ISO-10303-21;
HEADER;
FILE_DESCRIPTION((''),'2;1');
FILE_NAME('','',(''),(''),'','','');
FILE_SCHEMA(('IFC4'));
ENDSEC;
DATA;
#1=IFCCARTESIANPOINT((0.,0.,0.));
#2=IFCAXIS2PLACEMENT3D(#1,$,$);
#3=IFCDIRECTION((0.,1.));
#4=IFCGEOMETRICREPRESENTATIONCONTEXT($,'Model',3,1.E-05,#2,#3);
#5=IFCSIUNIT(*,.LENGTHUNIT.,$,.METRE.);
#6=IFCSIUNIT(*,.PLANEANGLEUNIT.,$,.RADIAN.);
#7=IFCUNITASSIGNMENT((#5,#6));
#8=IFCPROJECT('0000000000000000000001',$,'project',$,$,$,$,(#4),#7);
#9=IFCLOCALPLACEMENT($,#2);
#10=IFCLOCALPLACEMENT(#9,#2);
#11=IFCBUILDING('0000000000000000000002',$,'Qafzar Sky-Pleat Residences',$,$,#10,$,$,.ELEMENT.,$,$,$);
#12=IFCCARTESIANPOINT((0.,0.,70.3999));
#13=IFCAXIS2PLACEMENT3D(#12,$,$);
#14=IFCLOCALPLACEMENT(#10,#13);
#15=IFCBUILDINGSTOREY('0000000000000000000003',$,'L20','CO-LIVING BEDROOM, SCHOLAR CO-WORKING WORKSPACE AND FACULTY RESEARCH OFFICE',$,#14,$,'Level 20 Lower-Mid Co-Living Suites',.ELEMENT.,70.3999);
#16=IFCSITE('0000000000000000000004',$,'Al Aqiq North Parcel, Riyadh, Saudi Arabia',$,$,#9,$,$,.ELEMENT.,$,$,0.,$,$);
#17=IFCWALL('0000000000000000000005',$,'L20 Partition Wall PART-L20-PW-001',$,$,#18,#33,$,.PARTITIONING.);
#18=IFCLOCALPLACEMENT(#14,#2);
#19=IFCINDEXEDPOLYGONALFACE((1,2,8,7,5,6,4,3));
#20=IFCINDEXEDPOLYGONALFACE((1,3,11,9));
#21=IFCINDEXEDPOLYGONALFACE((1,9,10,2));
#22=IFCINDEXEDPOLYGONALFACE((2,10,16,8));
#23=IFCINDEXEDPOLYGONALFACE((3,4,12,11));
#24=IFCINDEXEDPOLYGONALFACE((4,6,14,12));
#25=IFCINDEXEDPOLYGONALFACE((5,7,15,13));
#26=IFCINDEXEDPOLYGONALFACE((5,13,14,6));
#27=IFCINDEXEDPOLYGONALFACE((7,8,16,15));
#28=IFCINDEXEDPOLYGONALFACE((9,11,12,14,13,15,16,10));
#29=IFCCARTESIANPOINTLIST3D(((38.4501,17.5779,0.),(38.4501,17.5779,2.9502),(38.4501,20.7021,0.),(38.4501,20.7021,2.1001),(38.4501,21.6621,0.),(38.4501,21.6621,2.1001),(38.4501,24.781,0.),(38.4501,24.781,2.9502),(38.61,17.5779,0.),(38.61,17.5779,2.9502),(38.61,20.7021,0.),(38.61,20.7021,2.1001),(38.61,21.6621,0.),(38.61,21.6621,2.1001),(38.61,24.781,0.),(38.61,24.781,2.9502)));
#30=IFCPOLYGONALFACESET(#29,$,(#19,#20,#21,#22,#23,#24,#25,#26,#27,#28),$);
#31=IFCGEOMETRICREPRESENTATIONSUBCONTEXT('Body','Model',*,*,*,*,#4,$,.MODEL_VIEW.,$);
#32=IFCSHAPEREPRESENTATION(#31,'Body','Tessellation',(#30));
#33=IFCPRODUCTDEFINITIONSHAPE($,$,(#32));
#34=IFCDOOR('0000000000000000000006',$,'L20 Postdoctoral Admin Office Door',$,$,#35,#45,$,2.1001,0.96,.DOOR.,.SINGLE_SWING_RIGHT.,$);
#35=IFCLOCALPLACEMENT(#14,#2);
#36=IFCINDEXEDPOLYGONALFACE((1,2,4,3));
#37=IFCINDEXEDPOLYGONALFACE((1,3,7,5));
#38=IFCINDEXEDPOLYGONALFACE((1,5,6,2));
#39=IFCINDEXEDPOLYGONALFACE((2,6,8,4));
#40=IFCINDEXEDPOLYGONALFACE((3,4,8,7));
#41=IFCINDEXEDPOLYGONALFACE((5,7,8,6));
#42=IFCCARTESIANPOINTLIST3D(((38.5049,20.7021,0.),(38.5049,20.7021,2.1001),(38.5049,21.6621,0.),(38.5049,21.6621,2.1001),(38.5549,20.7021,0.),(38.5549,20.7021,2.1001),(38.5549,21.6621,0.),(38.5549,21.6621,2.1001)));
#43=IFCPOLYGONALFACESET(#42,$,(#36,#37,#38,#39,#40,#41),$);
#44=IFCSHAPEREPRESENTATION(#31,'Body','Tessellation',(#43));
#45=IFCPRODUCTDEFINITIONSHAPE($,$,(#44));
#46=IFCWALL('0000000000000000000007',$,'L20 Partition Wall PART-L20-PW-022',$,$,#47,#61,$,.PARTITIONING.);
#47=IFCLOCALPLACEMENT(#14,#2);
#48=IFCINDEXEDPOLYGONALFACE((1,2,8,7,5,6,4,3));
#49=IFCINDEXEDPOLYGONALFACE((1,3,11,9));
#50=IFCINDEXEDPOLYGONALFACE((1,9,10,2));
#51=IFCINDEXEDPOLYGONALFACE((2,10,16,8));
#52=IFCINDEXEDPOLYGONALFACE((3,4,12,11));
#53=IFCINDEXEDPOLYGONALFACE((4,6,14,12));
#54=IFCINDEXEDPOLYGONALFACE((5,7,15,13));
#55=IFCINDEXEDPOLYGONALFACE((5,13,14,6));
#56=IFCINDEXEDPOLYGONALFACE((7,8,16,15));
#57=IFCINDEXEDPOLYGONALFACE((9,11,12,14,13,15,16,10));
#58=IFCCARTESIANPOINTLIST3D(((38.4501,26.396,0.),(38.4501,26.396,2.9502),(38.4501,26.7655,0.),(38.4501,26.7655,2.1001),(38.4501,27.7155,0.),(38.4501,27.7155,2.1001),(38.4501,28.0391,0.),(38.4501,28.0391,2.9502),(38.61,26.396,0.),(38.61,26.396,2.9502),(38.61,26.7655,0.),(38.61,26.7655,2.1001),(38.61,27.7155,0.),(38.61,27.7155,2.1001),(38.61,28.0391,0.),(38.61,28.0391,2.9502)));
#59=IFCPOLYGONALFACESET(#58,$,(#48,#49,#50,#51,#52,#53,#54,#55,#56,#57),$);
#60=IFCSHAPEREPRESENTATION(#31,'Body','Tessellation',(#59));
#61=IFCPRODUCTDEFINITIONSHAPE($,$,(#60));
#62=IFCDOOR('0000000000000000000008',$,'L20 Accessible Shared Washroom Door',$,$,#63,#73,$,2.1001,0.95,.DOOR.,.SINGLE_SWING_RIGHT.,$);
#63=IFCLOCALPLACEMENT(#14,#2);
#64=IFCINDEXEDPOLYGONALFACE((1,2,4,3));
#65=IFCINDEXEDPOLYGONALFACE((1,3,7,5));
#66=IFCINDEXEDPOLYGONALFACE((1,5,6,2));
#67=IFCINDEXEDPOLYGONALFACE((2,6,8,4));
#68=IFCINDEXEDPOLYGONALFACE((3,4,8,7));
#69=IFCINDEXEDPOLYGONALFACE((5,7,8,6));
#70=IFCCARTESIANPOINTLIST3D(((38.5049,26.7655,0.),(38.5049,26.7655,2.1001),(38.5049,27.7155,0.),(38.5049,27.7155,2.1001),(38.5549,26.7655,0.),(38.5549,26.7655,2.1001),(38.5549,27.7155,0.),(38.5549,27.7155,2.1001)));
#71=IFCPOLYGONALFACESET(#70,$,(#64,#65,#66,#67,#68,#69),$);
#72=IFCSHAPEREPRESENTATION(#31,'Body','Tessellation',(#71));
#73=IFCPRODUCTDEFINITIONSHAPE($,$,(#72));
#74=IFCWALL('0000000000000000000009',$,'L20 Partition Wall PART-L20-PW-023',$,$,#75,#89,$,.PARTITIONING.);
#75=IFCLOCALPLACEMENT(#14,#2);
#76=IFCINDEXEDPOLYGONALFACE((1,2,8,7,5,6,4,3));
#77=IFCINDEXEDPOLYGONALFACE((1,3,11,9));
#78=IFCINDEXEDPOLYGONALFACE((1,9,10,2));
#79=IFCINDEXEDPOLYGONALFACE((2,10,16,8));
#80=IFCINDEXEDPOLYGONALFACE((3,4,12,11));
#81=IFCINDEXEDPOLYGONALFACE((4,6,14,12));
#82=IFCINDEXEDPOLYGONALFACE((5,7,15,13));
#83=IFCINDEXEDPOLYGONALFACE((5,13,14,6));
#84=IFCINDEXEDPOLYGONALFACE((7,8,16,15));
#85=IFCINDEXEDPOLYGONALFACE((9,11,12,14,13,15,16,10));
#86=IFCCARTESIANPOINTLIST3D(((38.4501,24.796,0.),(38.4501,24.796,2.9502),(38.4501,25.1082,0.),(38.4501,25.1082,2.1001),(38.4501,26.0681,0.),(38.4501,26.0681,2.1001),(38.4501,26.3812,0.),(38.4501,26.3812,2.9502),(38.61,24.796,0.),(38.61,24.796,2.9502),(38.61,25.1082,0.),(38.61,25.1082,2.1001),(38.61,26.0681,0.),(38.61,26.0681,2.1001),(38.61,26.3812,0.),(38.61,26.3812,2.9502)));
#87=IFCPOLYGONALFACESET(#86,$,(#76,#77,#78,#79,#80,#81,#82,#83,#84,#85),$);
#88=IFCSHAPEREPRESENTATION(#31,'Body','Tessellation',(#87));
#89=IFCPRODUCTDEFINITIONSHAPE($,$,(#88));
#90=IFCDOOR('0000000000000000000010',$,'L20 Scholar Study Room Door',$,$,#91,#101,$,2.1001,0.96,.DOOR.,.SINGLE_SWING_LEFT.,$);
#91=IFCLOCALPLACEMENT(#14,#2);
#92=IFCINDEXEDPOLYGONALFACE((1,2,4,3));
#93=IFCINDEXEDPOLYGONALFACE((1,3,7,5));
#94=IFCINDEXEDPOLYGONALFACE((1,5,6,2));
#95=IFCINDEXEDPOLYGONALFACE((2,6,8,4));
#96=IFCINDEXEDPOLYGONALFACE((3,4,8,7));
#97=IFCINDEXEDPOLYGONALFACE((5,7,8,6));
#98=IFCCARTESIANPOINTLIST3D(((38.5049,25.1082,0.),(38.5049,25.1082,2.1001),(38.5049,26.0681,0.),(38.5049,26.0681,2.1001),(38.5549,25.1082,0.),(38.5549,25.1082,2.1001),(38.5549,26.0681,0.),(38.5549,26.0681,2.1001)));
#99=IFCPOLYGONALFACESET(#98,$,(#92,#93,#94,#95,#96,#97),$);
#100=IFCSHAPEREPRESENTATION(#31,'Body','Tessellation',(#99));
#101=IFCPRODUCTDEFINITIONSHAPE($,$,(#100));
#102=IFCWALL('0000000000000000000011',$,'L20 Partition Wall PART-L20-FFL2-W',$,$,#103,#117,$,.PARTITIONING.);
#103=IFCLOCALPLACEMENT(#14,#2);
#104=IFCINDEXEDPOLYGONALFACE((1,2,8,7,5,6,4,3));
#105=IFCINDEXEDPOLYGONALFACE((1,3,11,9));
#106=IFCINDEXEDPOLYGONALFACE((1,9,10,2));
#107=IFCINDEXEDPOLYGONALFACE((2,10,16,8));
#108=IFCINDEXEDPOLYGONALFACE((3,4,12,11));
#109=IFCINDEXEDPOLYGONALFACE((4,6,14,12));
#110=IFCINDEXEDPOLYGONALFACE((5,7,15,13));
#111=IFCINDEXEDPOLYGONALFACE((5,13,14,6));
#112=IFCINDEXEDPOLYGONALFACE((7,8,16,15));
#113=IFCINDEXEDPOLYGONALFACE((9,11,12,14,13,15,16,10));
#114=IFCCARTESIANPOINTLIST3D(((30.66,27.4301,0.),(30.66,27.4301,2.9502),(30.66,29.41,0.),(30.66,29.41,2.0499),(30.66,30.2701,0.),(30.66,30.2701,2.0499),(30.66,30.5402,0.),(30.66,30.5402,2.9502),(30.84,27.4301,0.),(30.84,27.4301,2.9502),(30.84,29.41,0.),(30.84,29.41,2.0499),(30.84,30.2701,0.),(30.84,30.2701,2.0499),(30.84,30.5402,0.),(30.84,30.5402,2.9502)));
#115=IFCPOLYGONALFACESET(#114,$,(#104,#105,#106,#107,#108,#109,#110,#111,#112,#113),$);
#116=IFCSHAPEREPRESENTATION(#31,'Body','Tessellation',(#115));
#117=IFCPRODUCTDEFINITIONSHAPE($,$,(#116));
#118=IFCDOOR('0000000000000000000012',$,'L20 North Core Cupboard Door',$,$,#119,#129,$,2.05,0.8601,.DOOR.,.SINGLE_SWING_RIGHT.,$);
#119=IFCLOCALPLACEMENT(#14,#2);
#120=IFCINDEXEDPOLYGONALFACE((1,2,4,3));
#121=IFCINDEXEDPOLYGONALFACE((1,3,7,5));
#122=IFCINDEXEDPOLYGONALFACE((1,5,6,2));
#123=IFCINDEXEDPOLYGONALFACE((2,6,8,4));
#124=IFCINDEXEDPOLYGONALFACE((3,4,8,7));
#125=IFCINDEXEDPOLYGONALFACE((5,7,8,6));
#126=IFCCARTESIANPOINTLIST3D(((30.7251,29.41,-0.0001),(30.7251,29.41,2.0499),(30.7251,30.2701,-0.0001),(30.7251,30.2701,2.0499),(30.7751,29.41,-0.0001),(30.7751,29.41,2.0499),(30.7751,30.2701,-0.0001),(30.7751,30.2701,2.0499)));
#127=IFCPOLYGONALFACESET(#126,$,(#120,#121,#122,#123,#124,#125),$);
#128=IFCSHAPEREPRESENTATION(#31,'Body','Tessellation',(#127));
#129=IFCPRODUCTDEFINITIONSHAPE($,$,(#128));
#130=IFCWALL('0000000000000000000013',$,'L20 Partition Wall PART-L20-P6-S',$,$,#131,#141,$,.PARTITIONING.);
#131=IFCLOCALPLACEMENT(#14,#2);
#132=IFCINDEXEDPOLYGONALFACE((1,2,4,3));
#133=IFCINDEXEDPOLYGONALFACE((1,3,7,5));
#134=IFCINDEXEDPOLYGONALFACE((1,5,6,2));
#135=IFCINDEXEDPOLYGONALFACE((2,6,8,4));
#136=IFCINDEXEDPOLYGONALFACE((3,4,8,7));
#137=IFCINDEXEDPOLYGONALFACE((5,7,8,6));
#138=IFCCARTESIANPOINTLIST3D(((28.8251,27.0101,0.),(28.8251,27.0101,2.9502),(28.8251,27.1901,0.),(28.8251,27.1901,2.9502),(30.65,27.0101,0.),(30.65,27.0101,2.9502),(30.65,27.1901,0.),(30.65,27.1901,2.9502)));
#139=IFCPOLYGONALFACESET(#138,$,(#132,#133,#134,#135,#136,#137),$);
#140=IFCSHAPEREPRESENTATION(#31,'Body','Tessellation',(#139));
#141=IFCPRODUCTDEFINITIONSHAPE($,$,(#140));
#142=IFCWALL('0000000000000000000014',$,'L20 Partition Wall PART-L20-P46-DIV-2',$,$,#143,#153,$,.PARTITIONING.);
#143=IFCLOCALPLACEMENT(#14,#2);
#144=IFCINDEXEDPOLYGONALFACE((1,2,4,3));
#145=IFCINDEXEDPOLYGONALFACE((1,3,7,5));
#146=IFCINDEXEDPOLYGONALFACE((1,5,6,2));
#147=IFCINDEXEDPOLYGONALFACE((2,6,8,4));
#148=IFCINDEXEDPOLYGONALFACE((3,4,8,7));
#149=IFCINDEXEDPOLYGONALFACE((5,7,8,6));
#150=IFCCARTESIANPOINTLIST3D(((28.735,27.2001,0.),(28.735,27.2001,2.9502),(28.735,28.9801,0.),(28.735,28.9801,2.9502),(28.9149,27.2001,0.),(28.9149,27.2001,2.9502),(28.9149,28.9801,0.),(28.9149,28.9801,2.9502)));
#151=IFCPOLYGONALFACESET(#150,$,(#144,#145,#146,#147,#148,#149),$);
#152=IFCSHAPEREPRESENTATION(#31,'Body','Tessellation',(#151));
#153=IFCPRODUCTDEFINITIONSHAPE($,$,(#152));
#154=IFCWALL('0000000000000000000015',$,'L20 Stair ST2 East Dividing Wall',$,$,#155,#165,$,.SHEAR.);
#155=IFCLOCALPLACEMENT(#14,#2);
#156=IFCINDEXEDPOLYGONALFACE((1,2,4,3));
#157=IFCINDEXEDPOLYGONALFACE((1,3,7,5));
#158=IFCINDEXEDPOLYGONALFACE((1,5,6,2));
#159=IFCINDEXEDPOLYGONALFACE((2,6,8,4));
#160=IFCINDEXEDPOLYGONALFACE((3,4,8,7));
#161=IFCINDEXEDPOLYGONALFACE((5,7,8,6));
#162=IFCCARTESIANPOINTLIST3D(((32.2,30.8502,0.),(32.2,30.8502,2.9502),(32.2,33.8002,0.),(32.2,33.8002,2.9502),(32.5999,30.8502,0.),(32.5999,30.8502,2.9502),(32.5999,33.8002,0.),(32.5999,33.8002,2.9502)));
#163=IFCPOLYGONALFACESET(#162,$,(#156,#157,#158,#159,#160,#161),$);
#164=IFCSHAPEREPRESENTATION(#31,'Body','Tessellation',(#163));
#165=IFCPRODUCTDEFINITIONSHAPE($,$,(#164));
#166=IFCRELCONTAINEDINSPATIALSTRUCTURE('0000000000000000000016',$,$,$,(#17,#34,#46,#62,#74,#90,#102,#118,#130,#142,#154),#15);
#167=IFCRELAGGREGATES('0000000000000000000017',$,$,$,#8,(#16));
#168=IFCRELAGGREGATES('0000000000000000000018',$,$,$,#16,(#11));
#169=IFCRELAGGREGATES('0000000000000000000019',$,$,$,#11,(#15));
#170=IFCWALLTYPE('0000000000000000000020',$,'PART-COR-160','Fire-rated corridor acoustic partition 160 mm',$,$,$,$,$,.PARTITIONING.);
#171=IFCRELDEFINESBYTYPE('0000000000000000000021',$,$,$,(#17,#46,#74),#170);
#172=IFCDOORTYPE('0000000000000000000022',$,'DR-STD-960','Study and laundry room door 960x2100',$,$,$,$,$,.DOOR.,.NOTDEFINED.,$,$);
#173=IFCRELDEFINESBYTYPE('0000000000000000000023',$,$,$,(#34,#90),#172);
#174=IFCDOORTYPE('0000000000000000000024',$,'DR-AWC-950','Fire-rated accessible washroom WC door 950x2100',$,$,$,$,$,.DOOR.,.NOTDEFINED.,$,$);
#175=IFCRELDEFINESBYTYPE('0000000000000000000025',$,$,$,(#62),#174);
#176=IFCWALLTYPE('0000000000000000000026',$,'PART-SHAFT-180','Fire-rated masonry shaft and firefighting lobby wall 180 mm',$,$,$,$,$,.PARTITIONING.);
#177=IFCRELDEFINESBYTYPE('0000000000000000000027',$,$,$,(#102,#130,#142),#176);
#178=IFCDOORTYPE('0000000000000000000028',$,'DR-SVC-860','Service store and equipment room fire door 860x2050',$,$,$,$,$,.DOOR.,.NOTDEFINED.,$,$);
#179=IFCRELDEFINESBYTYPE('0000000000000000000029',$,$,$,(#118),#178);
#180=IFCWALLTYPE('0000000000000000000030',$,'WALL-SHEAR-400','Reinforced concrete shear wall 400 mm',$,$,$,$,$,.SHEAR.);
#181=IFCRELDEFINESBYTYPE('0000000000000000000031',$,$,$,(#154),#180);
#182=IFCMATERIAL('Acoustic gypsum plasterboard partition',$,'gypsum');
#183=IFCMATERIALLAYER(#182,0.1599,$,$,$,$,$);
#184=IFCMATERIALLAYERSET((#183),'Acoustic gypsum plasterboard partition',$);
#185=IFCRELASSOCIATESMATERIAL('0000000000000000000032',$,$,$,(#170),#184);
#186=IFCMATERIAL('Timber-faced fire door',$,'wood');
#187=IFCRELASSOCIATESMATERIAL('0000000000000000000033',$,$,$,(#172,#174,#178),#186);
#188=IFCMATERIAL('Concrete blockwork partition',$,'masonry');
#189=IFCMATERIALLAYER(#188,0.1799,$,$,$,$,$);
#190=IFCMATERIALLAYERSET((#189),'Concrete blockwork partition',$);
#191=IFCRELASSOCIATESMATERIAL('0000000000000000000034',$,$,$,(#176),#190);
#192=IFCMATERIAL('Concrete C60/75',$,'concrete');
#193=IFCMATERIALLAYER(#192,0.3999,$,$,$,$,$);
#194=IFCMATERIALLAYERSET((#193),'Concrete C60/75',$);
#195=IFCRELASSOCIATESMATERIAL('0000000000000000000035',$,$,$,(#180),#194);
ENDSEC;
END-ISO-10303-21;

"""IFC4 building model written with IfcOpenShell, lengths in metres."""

from ifc_helpers import new_model, si_unit, direction, frame, frame_2d, origin, place, context, subcontext, project, spatial, rectangle, extrude, source, transform, mapped, material, layer, layer_set, type_object, element, fill, save


model = new_model("IFC4")

# Units and contexts
model_context = context("Model", 3, precision=1e-05, world=origin(), true_north=direction((0.0, 1.0)))
body_context = subcontext(model_context, "Body", "Model", "MODEL_VIEW")
ifc_project = project(units=[si_unit("LENGTHUNIT", "METRE"), si_unit("PLANEANGLEUNIT", "RADIAN")], contexts=[model_context])

# Site, building, storey
site_placement = place(None, origin())
site = spatial("IfcSite", under=ifc_project, at=site_placement, Name="Al Aqiq North Parcel, Riyadh, Saudi Arabia", CompositionType="ELEMENT", RefElevation=0.0)
building_placement = place(site_placement, origin())
building = spatial("IfcBuilding", under=site, at=building_placement, Name="Qafzar Sky-Pleat Residences", CompositionType="ELEMENT")
storey_placement = place(building_placement, frame((0.0, 0.0, 70.3999)))
storey = spatial("IfcBuildingStorey", under=building, at=storey_placement, Name="L20", Description="CO-LIVING BEDROOM, SCHOLAR CO-WORKING WORKSPACE AND FACULTY RESEARCH OFFICE", LongName="Level 20 Lower-Mid Co-Living Suites", CompositionType="ELEMENT", Elevation=70.3999)

# Walls, openings, doors
ifc_material_1 = material(Name="Acoustic gypsum plasterboard partition", Category="gypsum")
ifc_layer_1 = layer(ifc_material_1, 0.1599)
ifc_layer_set_1 = layer_set([ifc_layer_1], Name="Acoustic gypsum plasterboard partition")
wall_type_1 = type_object("IfcWallType", Name="PART-COR-160", Description="Fire-rated corridor acoustic partition 160 mm", PredefinedType="PARTITIONING", material=ifc_layer_set_1)
wall_1_placement = place(storey_placement, frame((38.53, 24.781, 0.0), z_axis=(0.0, 0.0, 1.0), x_axis=(0.0, -1.0, 0.0)))
wall_1 = element("IfcWall", 1, at=wall_1_placement, inside=storey, type_object=wall_type_1, Name="L20 Partition Wall PART-L20-PW-001", PredefinedType="PARTITIONING", context=body_context, shape_type="SweptSolid", body=[
    extrude(rectangle(XDim=7.2031, YDim=0.1599, at=frame_2d((3.6016, 0.0))), origin(), (0.0, 0.0, 1.0), 2.9502),
])
opening_1_placement = place(wall_1_placement, frame((3.1189, 0.0, 0.0)))
opening_1 = element("IfcOpeningElement", 2, at=opening_1_placement, cuts=wall_1, PredefinedType="OPENING", context=body_context, shape_type="SweptSolid", body=[
    extrude(rectangle(XDim=0.96, YDim=2.1001, at=frame_2d((0.48, 1.05))), frame((0.0, 0.0898, 0.0), z_axis=(0.0, -1.0, 0.0), x_axis=(1.0, 0.0, 0.0)), (0.0, 0.0, 1.0), 0.1799),
])
ifc_material_2 = material(Name="Timber-faced fire door", Category="wood")
door_type_1 = type_object("IfcDoorType", Name="DR-STD-960", Description="Study and laundry room door 960x2100", OperationType="NOTDEFINED", PredefinedType="DOOR", material=ifc_material_2)
shared_shape_1 = source(origin(), body_context, "Body", "SweptSolid", [
    extrude(rectangle(XDim=0.96, YDim=2.1001, at=frame_2d((0.48, 1.05))), frame((0.0, 0.0249, 0.0), z_axis=(0.0, -1.0, 0.0), x_axis=(1.0, 0.0, 0.0)), (0.0, 0.0, 1.0), 0.05),
])
door_1_placement = place(opening_1_placement, origin())
door_1 = element("IfcDoor", 3, at=door_1_placement, inside=storey, type_object=door_type_1, Name="L20 Postdoctoral Admin Office Door", OperationType="SINGLE_SWING_RIGHT", OverallHeight=2.1001, OverallWidth=0.96, PredefinedType="DOOR", context=body_context, shape_type="MappedRepresentation", body=[
    mapped(shared_shape_1, transform((0.0, 0.0, 0.0), x_axis=(1.0, 0.0, 0.0), y_axis=(0.0, 1.0, 0.0), z_axis=(0.0, 0.0, 1.0), scale=1.0)),
])
fill(opening_1, door_1)
wall_2_placement = place(storey_placement, frame((38.53, 28.0391, 0.0), z_axis=(0.0, 0.0, 1.0), x_axis=(0.0, -1.0, 0.0)))
wall_2 = element("IfcWall", 4, at=wall_2_placement, inside=storey, type_object=wall_type_1, Name="L20 Partition Wall PART-L20-PW-022", PredefinedType="PARTITIONING", context=body_context, shape_type="SweptSolid", body=[
    extrude(rectangle(XDim=1.6431, YDim=0.1599, at=frame_2d((0.8215, 0.0))), origin(), (0.0, 0.0, 1.0), 2.9502),
])
opening_2_placement = place(wall_2_placement, frame((0.3235, 0.0, 0.0)))
opening_2 = element("IfcOpeningElement", 5, at=opening_2_placement, cuts=wall_2, PredefinedType="OPENING", context=body_context, shape_type="SweptSolid", body=[
    extrude(rectangle(XDim=0.95, YDim=2.1001, at=frame_2d((0.4751, 1.05))), frame((0.0, 0.0898, 0.0), z_axis=(0.0, -1.0, 0.0), x_axis=(1.0, 0.0, 0.0)), (0.0, 0.0, 1.0), 0.1799),
])
door_type_2 = type_object("IfcDoorType", Name="DR-AWC-950", Description="Fire-rated accessible washroom WC door 950x2100", OperationType="NOTDEFINED", PredefinedType="DOOR", material=ifc_material_2)
shared_shape_2 = source(origin(), body_context, "Body", "SweptSolid", [
    extrude(rectangle(XDim=0.95, YDim=2.1001, at=frame_2d((0.4751, 1.05))), frame((0.0, 0.0249, 0.0), z_axis=(0.0, -1.0, 0.0), x_axis=(1.0, 0.0, 0.0)), (0.0, 0.0, 1.0), 0.05),
])
door_2_placement = place(opening_2_placement, origin())
door_2 = element("IfcDoor", 6, at=door_2_placement, inside=storey, type_object=door_type_2, Name="L20 Accessible Shared Washroom Door", OperationType="SINGLE_SWING_RIGHT", OverallHeight=2.1001, OverallWidth=0.95, PredefinedType="DOOR", context=body_context, shape_type="MappedRepresentation", body=[
    mapped(shared_shape_2, transform((0.0, 0.0, 0.0), x_axis=(1.0, 0.0, 0.0), y_axis=(0.0, 1.0, 0.0), z_axis=(0.0, 0.0, 1.0), scale=1.0)),
])
fill(opening_2, door_2)
wall_3_placement = place(storey_placement, frame((38.53, 26.3811, 0.0), z_axis=(0.0, 0.0, 1.0), x_axis=(0.0, -1.0, 0.0)))
wall_3 = element("IfcWall", 7, at=wall_3_placement, inside=storey, type_object=wall_type_1, Name="L20 Partition Wall PART-L20-PW-023", PredefinedType="PARTITIONING", context=body_context, shape_type="SweptSolid", body=[
    extrude(rectangle(XDim=1.5852, YDim=0.1599, at=frame_2d((0.7925, 0.0))), origin(), (0.0, 0.0, 1.0), 2.9502),
])
opening_3_placement = place(wall_3_placement, frame((0.313, 0.0, 0.0)))
opening_3 = element("IfcOpeningElement", 8, at=opening_3_placement, cuts=wall_3, PredefinedType="OPENING", context=body_context, shape_type="SweptSolid", body=[
    extrude(rectangle(XDim=0.96, YDim=2.1001, at=frame_2d((0.48, 1.05))), frame((0.0, 0.0898, 0.0), z_axis=(0.0, -1.0, 0.0), x_axis=(1.0, 0.0, 0.0)), (0.0, 0.0, 1.0), 0.1799),
])
door_3_placement = place(opening_3_placement, origin())
door_3 = element("IfcDoor", 9, at=door_3_placement, inside=storey, type_object=door_type_1, Name="L20 Scholar Study Room Door", OperationType="SINGLE_SWING_LEFT", OverallHeight=2.1001, OverallWidth=0.96, PredefinedType="DOOR", context=body_context, shape_type="MappedRepresentation", body=[
    mapped(shared_shape_1, transform((0.0, 0.0, 0.0), x_axis=(1.0, 0.0, 0.0), y_axis=(0.0, 1.0, 0.0), z_axis=(0.0, 0.0, 1.0), scale=1.0)),
])
fill(opening_3, door_3)
ifc_material_3 = material(Name="Concrete blockwork partition", Category="masonry")
ifc_layer_2 = layer(ifc_material_3, 0.1799)
ifc_layer_set_2 = layer_set([ifc_layer_2], Name="Concrete blockwork partition")
wall_type_2 = type_object("IfcWallType", Name="PART-SHAFT-180", Description="Fire-rated masonry shaft and firefighting lobby wall 180 mm", PredefinedType="PARTITIONING", material=ifc_layer_set_2)
wall_4_placement = place(storey_placement, frame((30.75, 27.4299, 0.0), z_axis=(0.0, 0.0, 1.0), x_axis=(0.0, 1.0, 0.0)))
wall_4 = element("IfcWall", 10, at=wall_4_placement, inside=storey, type_object=wall_type_2, Name="L20 Partition Wall PART-L20-FFL2-W", PredefinedType="PARTITIONING", context=body_context, shape_type="SweptSolid", body=[
    extrude(rectangle(XDim=3.1101, YDim=0.1799, at=frame_2d((1.5552, 0.0))), origin(), (0.0, 0.0, 1.0), 2.9502),
])
opening_4_placement = place(wall_4_placement, frame((1.98, 0.0, 0.0)))
opening_4 = element("IfcOpeningElement", 11, at=opening_4_placement, cuts=wall_4, PredefinedType="OPENING", context=body_context, shape_type="SweptSolid", body=[
    extrude(rectangle(XDim=0.8601, YDim=2.05, at=frame_2d((0.4302, 1.0249))), frame((0.0, 0.1001, 0.0), z_axis=(0.0, -1.0, 0.0), x_axis=(1.0, 0.0, 0.0)), (0.0, 0.0, 1.0), 0.2),
])
door_type_3 = type_object("IfcDoorType", Name="DR-SVC-860", Description="Service store and equipment room fire door 860x2050", OperationType="NOTDEFINED", PredefinedType="DOOR", material=ifc_material_2)
shared_shape_3 = source(origin(), body_context, "Body", "SweptSolid", [
    extrude(rectangle(XDim=0.8601, YDim=2.05, at=frame_2d((0.4302, 1.0249))), frame((0.0, 0.0249, 0.0), z_axis=(0.0, -1.0, 0.0), x_axis=(1.0, 0.0, 0.0)), (0.0, 0.0, 1.0), 0.05),
])
door_4_placement = place(opening_4_placement, origin())
door_4 = element("IfcDoor", 12, at=door_4_placement, inside=storey, type_object=door_type_3, Name="L20 North Core Cupboard Door", OperationType="SINGLE_SWING_RIGHT", OverallHeight=2.05, OverallWidth=0.8601, PredefinedType="DOOR", context=body_context, shape_type="MappedRepresentation", body=[
    mapped(shared_shape_3, transform((0.0, 0.0, 0.0), x_axis=(1.0, 0.0, 0.0), y_axis=(0.0, 1.0, 0.0), z_axis=(0.0, 0.0, 1.0), scale=1.0)),
])
fill(opening_4, door_4)

# Walls
wall_5_placement = place(storey_placement, frame((28.825, 27.1001, 0.0), z_axis=(0.0, 0.0, 1.0), x_axis=(1.0, 0.0, 0.0)))
element("IfcWall", 13, at=wall_5_placement, inside=storey, type_object=wall_type_2, Name="L20 Partition Wall PART-L20-P6-S", PredefinedType="PARTITIONING", context=body_context, shape_type="SweptSolid", body=[
    extrude(rectangle(XDim=1.825, YDim=0.1799, at=frame_2d((0.9126, 0.0))), origin(), (0.0, 0.0, 1.0), 2.9502),
])
wall_6_placement = place(storey_placement, frame((28.825, 27.2, 0.0), z_axis=(0.0, 0.0, 1.0), x_axis=(0.0, 1.0, 0.0)))
element("IfcWall", 14, at=wall_6_placement, inside=storey, type_object=wall_type_2, Name="L20 Partition Wall PART-L20-P46-DIV-2", PredefinedType="PARTITIONING", context=body_context, shape_type="SweptSolid", body=[
    extrude(rectangle(XDim=1.78, YDim=0.1799, at=frame_2d((0.8901, 0.0))), origin(), (0.0, 0.0, 1.0), 2.9502),
])
ifc_material_4 = material(Name="Concrete C60/75", Category="concrete")
ifc_layer_3 = layer(ifc_material_4, 0.3999)
ifc_layer_set_3 = layer_set([ifc_layer_3], Name="Concrete C60/75")
wall_type_3 = type_object("IfcWallType", Name="WALL-SHEAR-400", Description="Reinforced concrete shear wall 400 mm", PredefinedType="SHEAR", material=ifc_layer_set_3)
wall_7_placement = place(storey_placement, frame((32.3999, 30.8501, 0.0), z_axis=(0.0, 0.0, 1.0), x_axis=(0.0, 1.0, 0.0)))
element("IfcWall", 15, at=wall_7_placement, inside=storey, type_object=wall_type_3, Name="L20 Stair ST2 East Dividing Wall", PredefinedType="SHEAR", context=body_context, shape_type="SweptSolid", body=[
    extrude(rectangle(XDim=2.95, YDim=0.3999, at=frame_2d((1.4751, 0.0))), origin(), (0.0, 0.0, 1.0), 2.9502),
])

save(model, "model.ifc")
